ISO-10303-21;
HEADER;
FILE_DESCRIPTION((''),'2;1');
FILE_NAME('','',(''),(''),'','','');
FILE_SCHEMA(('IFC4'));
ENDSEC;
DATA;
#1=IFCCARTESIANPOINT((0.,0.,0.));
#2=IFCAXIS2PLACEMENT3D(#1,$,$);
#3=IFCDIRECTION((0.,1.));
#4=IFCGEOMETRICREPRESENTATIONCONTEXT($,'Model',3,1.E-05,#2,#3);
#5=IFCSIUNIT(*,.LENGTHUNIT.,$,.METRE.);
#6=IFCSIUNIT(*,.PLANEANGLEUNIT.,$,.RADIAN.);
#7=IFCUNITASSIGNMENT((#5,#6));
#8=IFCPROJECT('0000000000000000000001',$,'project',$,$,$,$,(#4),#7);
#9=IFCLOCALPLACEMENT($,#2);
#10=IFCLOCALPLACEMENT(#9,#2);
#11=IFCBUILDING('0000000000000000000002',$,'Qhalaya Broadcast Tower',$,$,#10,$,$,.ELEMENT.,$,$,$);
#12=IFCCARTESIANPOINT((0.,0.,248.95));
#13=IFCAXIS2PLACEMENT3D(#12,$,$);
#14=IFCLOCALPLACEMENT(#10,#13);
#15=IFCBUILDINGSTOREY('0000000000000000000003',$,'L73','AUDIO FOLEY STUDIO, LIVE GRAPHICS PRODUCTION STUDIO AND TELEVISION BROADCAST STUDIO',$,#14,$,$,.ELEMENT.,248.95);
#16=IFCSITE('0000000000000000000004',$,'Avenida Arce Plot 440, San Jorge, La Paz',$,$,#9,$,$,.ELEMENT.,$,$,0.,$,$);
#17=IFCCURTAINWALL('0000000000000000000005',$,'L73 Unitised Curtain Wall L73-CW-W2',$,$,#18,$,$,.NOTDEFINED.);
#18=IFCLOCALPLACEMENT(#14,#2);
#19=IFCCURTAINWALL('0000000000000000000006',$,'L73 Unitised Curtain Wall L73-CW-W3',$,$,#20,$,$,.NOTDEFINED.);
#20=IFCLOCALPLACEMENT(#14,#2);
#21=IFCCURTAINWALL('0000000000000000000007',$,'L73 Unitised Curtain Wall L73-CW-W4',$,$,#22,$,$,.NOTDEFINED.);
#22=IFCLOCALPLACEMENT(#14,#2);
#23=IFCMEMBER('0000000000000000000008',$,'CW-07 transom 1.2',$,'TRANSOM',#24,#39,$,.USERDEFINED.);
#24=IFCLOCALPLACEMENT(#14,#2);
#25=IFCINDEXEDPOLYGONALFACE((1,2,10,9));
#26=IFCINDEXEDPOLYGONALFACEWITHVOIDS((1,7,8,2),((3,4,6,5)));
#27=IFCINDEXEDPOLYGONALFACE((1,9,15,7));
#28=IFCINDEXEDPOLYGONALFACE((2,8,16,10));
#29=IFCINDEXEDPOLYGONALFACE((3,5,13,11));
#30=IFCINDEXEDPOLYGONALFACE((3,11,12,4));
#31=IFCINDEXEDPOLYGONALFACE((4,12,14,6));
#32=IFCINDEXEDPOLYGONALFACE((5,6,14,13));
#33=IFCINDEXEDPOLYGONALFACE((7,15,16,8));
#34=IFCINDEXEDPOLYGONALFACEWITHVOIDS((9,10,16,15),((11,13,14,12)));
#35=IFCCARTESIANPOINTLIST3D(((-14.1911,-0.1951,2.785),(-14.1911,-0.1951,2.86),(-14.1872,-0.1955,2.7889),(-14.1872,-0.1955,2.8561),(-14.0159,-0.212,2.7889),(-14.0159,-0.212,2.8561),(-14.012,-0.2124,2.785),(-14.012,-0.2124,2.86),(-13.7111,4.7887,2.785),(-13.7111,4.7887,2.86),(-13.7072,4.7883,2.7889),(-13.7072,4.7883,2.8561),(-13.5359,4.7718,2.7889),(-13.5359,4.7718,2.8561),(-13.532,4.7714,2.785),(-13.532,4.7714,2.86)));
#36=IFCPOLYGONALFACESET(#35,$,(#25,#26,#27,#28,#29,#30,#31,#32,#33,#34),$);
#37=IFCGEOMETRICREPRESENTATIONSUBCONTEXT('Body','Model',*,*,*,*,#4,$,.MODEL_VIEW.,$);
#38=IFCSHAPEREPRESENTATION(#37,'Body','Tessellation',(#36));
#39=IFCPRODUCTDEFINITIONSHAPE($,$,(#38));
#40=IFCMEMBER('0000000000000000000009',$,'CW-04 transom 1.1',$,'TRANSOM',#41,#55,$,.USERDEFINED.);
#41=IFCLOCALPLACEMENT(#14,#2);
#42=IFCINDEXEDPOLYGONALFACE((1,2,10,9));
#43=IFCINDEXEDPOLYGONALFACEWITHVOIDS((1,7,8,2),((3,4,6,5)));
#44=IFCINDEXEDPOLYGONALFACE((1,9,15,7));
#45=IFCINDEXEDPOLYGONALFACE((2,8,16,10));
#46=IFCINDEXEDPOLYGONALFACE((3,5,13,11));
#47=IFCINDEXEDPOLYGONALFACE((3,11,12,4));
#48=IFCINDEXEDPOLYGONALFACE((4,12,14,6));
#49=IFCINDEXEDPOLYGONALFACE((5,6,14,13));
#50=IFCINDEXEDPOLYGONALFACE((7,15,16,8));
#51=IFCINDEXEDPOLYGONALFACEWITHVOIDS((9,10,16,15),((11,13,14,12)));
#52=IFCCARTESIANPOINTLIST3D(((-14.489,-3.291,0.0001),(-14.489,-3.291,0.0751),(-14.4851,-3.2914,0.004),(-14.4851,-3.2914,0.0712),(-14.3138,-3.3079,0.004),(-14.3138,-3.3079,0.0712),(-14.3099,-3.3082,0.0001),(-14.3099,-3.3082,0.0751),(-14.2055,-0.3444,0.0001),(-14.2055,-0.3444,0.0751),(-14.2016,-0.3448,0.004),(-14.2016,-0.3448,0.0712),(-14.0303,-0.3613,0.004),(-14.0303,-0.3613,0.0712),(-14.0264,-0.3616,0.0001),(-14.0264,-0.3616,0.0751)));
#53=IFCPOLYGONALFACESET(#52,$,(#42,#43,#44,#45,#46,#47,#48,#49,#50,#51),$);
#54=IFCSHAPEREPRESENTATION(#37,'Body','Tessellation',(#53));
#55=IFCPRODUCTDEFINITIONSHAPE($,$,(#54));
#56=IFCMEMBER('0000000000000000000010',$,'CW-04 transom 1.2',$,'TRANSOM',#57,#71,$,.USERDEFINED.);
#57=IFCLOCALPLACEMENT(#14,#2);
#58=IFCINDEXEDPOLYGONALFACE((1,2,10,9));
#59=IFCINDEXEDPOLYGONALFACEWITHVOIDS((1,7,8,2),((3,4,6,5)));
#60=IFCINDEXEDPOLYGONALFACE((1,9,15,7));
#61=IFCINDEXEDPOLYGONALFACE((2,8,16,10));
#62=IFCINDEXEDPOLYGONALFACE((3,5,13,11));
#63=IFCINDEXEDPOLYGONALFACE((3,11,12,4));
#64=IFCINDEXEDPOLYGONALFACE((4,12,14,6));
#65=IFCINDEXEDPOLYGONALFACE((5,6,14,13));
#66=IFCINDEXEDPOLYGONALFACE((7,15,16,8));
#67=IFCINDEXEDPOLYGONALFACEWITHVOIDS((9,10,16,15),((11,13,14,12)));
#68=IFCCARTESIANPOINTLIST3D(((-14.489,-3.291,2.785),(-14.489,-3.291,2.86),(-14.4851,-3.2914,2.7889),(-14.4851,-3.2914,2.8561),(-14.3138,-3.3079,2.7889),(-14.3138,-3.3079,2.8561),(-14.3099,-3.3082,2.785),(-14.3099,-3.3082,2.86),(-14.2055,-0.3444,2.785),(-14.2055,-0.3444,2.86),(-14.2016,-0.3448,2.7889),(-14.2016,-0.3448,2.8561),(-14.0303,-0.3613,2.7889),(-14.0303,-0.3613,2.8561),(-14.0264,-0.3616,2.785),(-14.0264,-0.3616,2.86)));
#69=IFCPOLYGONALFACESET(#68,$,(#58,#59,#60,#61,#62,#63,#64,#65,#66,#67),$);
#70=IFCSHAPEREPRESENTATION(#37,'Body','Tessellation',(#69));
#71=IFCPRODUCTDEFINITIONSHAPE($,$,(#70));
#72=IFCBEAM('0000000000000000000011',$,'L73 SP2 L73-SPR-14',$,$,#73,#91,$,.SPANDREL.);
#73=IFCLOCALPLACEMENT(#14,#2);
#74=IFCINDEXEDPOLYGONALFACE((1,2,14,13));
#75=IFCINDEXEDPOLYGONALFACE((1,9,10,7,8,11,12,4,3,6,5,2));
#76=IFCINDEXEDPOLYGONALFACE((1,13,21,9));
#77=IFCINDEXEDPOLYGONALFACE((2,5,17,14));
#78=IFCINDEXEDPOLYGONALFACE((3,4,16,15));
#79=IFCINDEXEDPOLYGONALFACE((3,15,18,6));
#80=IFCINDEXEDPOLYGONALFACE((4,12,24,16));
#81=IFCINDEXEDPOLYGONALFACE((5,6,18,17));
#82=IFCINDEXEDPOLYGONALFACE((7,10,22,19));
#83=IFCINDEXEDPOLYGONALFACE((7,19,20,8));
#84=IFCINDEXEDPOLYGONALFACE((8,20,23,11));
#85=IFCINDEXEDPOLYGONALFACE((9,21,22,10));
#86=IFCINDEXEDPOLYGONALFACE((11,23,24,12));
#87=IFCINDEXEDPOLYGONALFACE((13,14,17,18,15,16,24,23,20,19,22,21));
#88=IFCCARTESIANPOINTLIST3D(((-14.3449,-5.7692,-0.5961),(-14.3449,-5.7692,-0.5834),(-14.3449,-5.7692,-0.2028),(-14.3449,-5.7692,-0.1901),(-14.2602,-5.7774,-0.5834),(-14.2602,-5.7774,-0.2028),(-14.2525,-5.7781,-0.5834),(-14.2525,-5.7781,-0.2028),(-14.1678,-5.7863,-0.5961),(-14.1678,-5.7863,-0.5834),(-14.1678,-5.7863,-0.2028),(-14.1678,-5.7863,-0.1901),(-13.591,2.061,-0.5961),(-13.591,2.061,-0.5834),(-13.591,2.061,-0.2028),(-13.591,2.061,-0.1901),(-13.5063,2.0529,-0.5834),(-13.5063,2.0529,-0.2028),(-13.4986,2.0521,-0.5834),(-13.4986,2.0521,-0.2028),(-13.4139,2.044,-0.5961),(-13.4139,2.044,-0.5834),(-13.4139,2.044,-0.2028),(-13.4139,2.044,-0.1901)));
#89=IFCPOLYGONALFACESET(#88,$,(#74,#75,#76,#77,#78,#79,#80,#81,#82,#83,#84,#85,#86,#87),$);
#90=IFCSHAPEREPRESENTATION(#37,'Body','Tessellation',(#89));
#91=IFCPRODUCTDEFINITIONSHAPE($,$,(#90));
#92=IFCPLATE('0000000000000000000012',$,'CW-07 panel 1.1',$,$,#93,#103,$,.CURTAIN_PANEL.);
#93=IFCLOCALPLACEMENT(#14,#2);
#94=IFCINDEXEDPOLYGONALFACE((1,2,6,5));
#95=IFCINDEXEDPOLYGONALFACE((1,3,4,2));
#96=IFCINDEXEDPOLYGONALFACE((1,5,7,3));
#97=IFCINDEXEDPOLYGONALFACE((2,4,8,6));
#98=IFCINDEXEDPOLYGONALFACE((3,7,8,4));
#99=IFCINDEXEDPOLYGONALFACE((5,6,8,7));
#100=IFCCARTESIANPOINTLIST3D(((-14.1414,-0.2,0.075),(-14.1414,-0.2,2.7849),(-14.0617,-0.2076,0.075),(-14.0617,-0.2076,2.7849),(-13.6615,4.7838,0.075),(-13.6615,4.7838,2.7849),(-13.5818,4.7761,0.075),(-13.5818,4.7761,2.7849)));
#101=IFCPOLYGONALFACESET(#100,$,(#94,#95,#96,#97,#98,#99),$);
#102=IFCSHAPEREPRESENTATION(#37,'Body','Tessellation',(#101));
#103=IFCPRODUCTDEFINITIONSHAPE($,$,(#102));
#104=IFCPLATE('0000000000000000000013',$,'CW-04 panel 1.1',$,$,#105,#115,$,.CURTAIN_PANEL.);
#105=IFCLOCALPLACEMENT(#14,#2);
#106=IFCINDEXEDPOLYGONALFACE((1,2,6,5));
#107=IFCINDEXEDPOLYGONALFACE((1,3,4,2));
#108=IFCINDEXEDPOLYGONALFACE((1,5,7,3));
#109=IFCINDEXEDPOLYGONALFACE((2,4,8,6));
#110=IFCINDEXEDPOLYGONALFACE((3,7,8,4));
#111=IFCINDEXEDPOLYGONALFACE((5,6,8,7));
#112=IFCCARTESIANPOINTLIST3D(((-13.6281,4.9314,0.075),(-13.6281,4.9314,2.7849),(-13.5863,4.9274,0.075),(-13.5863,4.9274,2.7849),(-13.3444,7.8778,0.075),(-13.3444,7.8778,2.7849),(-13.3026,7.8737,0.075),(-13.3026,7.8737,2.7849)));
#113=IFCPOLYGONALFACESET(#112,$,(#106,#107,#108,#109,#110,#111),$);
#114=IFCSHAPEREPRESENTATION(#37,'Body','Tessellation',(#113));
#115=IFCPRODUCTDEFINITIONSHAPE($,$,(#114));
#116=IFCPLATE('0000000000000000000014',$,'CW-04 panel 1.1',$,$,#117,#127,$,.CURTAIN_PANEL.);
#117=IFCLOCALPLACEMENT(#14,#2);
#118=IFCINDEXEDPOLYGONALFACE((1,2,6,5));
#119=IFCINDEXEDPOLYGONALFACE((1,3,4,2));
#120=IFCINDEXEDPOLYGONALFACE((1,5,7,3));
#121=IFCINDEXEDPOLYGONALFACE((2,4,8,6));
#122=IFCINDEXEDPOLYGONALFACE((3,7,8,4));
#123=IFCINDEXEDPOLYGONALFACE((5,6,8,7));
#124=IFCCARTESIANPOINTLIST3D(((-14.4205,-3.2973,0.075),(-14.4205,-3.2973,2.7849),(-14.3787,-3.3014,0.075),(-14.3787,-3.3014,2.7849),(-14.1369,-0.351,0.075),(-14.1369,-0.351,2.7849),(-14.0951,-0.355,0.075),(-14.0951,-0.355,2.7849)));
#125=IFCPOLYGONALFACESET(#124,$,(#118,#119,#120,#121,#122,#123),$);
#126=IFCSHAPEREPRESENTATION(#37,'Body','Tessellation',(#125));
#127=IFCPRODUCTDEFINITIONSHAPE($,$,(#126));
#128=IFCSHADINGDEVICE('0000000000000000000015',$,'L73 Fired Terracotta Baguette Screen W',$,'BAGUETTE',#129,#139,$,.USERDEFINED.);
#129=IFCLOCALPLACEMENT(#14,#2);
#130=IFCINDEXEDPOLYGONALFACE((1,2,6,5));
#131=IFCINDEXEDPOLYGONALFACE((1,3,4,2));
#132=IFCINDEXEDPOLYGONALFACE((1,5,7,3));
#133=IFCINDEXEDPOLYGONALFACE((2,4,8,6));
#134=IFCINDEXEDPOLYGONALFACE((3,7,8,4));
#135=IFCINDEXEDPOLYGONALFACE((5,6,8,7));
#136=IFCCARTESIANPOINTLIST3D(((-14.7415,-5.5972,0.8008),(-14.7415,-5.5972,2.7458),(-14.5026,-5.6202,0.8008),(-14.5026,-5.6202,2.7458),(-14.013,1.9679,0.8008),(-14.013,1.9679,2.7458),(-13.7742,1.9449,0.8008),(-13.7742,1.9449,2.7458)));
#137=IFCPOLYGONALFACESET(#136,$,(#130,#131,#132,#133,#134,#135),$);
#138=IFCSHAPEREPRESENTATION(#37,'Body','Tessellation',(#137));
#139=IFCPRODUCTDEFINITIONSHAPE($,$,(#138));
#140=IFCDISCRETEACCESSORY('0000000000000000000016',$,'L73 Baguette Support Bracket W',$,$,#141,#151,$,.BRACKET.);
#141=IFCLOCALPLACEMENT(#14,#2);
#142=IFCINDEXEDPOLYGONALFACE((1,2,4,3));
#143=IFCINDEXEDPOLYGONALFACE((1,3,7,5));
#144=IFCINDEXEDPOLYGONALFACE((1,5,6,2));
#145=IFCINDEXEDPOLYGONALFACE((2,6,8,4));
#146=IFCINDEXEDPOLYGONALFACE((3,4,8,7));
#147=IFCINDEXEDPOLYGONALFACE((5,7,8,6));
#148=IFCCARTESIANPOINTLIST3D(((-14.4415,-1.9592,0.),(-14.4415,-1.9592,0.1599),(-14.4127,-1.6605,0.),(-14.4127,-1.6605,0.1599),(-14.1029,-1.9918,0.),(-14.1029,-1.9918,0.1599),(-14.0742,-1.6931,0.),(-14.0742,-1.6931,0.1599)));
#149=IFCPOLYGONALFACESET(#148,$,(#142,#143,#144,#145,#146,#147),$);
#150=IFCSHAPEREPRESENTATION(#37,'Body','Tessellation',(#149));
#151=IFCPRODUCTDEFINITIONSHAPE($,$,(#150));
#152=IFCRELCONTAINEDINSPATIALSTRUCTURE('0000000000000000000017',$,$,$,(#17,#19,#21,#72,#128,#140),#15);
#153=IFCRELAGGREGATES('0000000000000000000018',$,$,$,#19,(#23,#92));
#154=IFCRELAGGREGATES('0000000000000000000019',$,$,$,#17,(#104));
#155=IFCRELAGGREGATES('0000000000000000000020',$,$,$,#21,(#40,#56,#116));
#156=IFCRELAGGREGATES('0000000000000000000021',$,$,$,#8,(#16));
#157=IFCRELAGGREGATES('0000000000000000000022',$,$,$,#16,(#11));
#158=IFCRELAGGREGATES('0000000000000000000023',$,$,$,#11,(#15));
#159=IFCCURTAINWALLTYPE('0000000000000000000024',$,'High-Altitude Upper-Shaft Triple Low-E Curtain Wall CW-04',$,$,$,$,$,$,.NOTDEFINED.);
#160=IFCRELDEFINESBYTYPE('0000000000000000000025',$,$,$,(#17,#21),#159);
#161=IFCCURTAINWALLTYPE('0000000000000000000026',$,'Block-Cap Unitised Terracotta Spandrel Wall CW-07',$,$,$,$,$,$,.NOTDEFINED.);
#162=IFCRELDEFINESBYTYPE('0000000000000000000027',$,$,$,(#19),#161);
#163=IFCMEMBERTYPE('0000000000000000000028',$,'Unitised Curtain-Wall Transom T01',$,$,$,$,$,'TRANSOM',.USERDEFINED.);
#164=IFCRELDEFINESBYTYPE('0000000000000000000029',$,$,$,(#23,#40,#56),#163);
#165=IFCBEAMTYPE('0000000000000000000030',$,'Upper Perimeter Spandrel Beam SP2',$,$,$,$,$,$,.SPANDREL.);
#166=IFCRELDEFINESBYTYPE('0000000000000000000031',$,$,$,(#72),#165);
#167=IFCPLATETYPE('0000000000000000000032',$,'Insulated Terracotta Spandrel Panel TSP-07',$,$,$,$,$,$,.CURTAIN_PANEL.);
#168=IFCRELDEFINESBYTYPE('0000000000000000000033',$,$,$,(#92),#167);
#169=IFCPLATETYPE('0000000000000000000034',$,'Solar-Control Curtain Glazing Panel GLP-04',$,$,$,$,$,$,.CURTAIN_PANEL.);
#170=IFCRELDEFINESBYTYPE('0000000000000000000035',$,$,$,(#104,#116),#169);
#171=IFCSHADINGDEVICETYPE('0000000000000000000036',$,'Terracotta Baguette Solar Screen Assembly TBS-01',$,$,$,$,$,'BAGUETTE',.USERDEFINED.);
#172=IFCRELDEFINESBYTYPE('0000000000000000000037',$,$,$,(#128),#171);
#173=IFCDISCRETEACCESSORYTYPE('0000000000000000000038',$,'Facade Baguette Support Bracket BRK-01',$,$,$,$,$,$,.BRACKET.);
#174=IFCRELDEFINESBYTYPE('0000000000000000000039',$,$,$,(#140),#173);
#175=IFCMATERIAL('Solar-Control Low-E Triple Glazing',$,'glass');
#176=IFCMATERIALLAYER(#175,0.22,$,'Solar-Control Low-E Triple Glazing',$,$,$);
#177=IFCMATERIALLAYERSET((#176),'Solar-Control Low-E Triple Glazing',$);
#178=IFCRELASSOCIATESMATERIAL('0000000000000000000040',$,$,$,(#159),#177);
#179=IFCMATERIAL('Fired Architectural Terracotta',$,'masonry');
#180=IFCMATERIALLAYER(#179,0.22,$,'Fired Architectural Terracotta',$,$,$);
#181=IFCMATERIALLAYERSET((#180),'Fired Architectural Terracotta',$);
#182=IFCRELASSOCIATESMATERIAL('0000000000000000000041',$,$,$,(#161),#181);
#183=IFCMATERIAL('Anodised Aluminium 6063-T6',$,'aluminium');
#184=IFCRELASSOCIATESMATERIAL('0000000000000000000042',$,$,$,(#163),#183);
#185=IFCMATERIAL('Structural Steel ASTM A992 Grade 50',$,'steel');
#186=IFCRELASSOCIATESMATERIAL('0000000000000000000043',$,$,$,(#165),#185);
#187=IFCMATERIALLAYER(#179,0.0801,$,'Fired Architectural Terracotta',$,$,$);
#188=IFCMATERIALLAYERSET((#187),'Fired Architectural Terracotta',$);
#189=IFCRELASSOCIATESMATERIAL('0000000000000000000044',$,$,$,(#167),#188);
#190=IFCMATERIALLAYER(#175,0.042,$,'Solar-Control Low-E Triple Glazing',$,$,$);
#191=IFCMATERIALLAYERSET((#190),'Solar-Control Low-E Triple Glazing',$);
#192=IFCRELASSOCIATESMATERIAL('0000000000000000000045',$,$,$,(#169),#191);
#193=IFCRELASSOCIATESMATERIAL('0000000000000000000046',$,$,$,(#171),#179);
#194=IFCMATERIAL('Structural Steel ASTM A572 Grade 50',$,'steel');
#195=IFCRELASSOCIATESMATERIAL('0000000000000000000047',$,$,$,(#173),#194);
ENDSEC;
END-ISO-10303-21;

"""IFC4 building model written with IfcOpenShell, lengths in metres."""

from ifc_helpers import new_model, si_unit, direction, frame, origin, origin_2d, place, context, subcontext, project, spatial, rectangle, hollow_rectangle, i_section, extrude, material, layer, layer_set, material_profile, profile_set, type_object, element, aggregate, save


model = new_model("IFC4")

# Units and contexts
model_context = context("Model", 3, precision=1e-05, world=origin(), true_north=direction((0.0, 1.0)))
body_context = subcontext(model_context, "Body", "Model", "MODEL_VIEW")
ifc_project = project(units=[si_unit("LENGTHUNIT", "METRE"), si_unit("PLANEANGLEUNIT", "RADIAN")], contexts=[model_context])

# Site, building, storey
site_placement = place(None, origin())
site = spatial("IfcSite", under=ifc_project, at=site_placement, Name="Avenida Arce Plot 440, San Jorge, La Paz", CompositionType="ELEMENT", RefElevation=0.0)
building_placement = place(site_placement, origin())
building = spatial("IfcBuilding", under=site, at=building_placement, Name="Qhalaya Broadcast Tower", CompositionType="ELEMENT")
storey_placement = place(building_placement, frame((0.0, 0.0, 248.95)))
storey = spatial("IfcBuildingStorey", under=building, at=storey_placement, Name="L73", Description="AUDIO FOLEY STUDIO, LIVE GRAPHICS PRODUCTION STUDIO AND TELEVISION BROADCAST STUDIO", CompositionType="ELEMENT", Elevation=248.95)

# Shared definitions
ifc_material_1 = material(Name="Structural Steel ASTM A572 Grade 50", Category="steel")

# Shared definitions
ifc_material_2 = material(Name="Structural Steel ASTM A992 Grade 50", Category="steel")

# Curtain walls
ifc_material_3 = material(Name="Solar-Control Low-E Triple Glazing", Category="glass")
ifc_layer_1 = layer(ifc_material_3, 0.22, Name="Solar-Control Low-E Triple Glazing")
ifc_layer_set_1 = layer_set([ifc_layer_1], Name="Solar-Control Low-E Triple Glazing")
curtain_wall_type_1 = type_object("IfcCurtainWallType", Name="High-Altitude Upper-Shaft Triple Low-E Curtain Wall CW-04", PredefinedType="NOTDEFINED", material=ifc_layer_set_1)
curtain_wall_1_placement = place(storey_placement, origin())
curtain_wall_1 = element("IfcCurtainWall", 1, at=curtain_wall_1_placement, inside=storey, type_object=curtain_wall_type_1, Name="L73 Unitised Curtain Wall L73-CW-W2", PredefinedType="NOTDEFINED")
ifc_material_4 = material(Name="Anodised Aluminium 6063-T6", Category="aluminium")
ifc_material_5 = material(Name="Fired Architectural Terracotta", Category="masonry")
ifc_layer_2 = layer(ifc_material_5, 0.22, Name="Fired Architectural Terracotta")
ifc_layer_set_2 = layer_set([ifc_layer_2], Name="Fired Architectural Terracotta")
curtain_wall_type_2 = type_object("IfcCurtainWallType", Name="Block-Cap Unitised Terracotta Spandrel Wall CW-07", PredefinedType="NOTDEFINED", material=ifc_layer_set_2)
curtain_wall_2_placement = place(storey_placement, origin())
curtain_wall_2 = element("IfcCurtainWall", 2, at=curtain_wall_2_placement, inside=storey, type_object=curtain_wall_type_2, Name="L73 Unitised Curtain Wall L73-CW-W3", PredefinedType="NOTDEFINED")

# Curtain wall
curtain_wall_3_placement = place(storey_placement, origin())
curtain_wall_3 = element("IfcCurtainWall", 3, at=curtain_wall_3_placement, inside=storey, type_object=curtain_wall_type_1, Name="L73 Unitised Curtain Wall L73-CW-W4", PredefinedType="NOTDEFINED")

# Members
ifc_material_profile_1 = material_profile(ifc_material_4, hollow_rectangle(XDim=0.075, YDim=0.1799, WallThickness=0.0039, at=origin_2d()), Name="ALU-TRN 75x180x4")
ifc_profile_set_1 = profile_set([ifc_material_profile_1], Name="Anodised Aluminium 6063-T6")
member_type_1 = type_object("IfcMemberType", Name="Unitised Curtain-Wall Transom T01", ElementType="TRANSOM", PredefinedType="USERDEFINED", material=ifc_profile_set_1)
member_1_placement = place(storey_placement, frame((-13.6216, 4.78, 2.8225), z_axis=(-0.095863, -0.995395, 0.0), x_axis=(0.0, 0.0, 1.0)))
member_1 = element("IfcMember", 4, at=member_1_placement, type_object=member_type_1, Name="CW-07 transom 1.2", ObjectType="TRANSOM", PredefinedType="USERDEFINED", context=body_context, shape_type="SweptSolid", body=[
    extrude(hollow_rectangle(XDim=0.075, YDim=0.1799, WallThickness=0.0039, at=origin_2d()), origin(), (0.0, 0.0, 1.0), 5.0068),
])
member_2_placement = place(storey_placement, frame((-14.116, -0.353, 0.0376), z_axis=(-0.095755, -0.995405, 0.0), x_axis=(0.0, 0.0, 1.0)))
member_2 = element("IfcMember", 5, at=member_2_placement, type_object=member_type_1, Name="CW-04 transom 1.1", ObjectType="TRANSOM", PredefinedType="USERDEFINED", context=body_context, shape_type="SweptSolid", body=[
    extrude(hollow_rectangle(XDim=0.075, YDim=0.1799, WallThickness=0.0039, at=origin_2d()), origin(), (0.0, 0.0, 1.0), 2.9602),
])
member_3_placement = place(storey_placement, frame((-14.116, -0.353, 2.8225), z_axis=(-0.095755, -0.995405, 0.0), x_axis=(0.0, 0.0, 1.0)))
member_3 = element("IfcMember", 6, at=member_3_placement, type_object=member_type_1, Name="CW-04 transom 1.2", ObjectType="TRANSOM", PredefinedType="USERDEFINED", context=body_context, shape_type="SweptSolid", body=[
    extrude(hollow_rectangle(XDim=0.075, YDim=0.1799, WallThickness=0.0039, at=origin_2d()), origin(), (0.0, 0.0, 1.0), 2.9602),
])

# Beam
ifc_material_profile_2 = material_profile(ifc_material_2, i_section(OverallWidth=0.178, OverallDepth=0.406, WebThickness=0.0078, FlangeThickness=0.0127, at=origin_2d()), Name="W16X40")
ifc_profile_set_2 = profile_set([ifc_material_profile_2], Name="Structural Steel ASTM A992 Grade 50")
beam_type_1 = type_object("IfcBeamType", Name="Upper Perimeter Spandrel Beam SP2", PredefinedType="SPANDREL", material=ifc_profile_set_2)
beam_1_placement = place(storey_placement, frame((-13.5024, 2.0525, -0.3931), z_axis=(-0.095837, -0.995397, 0.0), x_axis=(0.995397, -0.095837, 0.0)))
element("IfcBeam", 7, at=beam_1_placement, inside=storey, type_object=beam_type_1, Name="L73 SP2 L73-SPR-14", PredefinedType="SPANDREL", context=body_context, shape_type="SweptSolid", body=[
    extrude(i_section(OverallWidth=0.178, OverallDepth=0.406, WebThickness=0.0078, FlangeThickness=0.0127, at=origin_2d()), origin(), (0.0, 0.0, 1.0), 7.8665),
])

# Plates
ifc_layer_3 = layer(ifc_material_5, 0.0801, Name="Fired Architectural Terracotta")
ifc_layer_set_3 = layer_set([ifc_layer_3], Name="Fired Architectural Terracotta")
plate_type_1 = type_object("IfcPlateType", Name="Insulated Terracotta Spandrel Panel TSP-07", PredefinedType="CURTAIN_PANEL", material=ifc_layer_set_3)
plate_1_placement = place(storey_placement, frame((-13.8616, 2.2881, 0.075), z_axis=(0.0, 0.0, 1.0), x_axis=(-0.095851, -0.995396, 0.0)))
plate_1 = element("IfcPlate", 8, at=plate_1_placement, type_object=plate_type_1, Name="CW-07 panel 1.1", PredefinedType="CURTAIN_PANEL", context=body_context, shape_type="SweptSolid", body=[
    extrude(rectangle(XDim=5.0068, YDim=0.0801, at=origin_2d()), origin(), (0.0, 0.0, 1.0), 2.71),
])
aggregate(curtain_wall_2, [member_1, plate_1])
ifc_layer_4 = layer(ifc_material_3, 0.042, Name="Solar-Control Low-E Triple Glazing")
ifc_layer_set_4 = layer_set([ifc_layer_4], Name="Solar-Control Low-E Triple Glazing")
plate_type_2 = type_object("IfcPlateType", Name="Solar-Control Curtain Glazing Panel GLP-04", PredefinedType="CURTAIN_PANEL", material=ifc_layer_set_4)
plate_2_placement = place(storey_placement, frame((-13.4653, 6.4026, 0.075), z_axis=(0.0, 0.0, 1.0), x_axis=(-0.095851, -0.995396, 0.0)))
plate_2 = element("IfcPlate", 9, at=plate_2_placement, type_object=plate_type_2, Name="CW-04 panel 1.1", PredefinedType="CURTAIN_PANEL", context=body_context, shape_type="SweptSolid", body=[
    extrude(rectangle(XDim=2.96, YDim=0.042, at=origin_2d()), origin(), (0.0, 0.0, 1.0), 2.71),
])
aggregate(curtain_wall_1, [plate_2])
plate_3_placement = place(storey_placement, frame((-14.2578, -1.8262, 0.075), z_axis=(0.0, 0.0, 1.0), x_axis=(-0.09582, -0.995399, 0.0)))
plate_3 = element("IfcPlate", 10, at=plate_3_placement, type_object=plate_type_2, Name="CW-04 panel 1.1", PredefinedType="CURTAIN_PANEL", context=body_context, shape_type="SweptSolid", body=[
    extrude(rectangle(XDim=2.96, YDim=0.042, at=origin_2d()), origin(), (0.0, 0.0, 1.0), 2.71),
])
aggregate(curtain_wall_3, [member_2, member_3, plate_3])

# Shading device
shading_device_type = type_object("IfcShadingDeviceType", Name="Terracotta Baguette Solar Screen Assembly TBS-01", ElementType="BAGUETTE", PredefinedType="USERDEFINED", material=ifc_material_5)
shading_device_placement = place(storey_placement, frame((-14.2578, -1.8262, 0.8008), z_axis=(0.0, 0.0, 1.0), x_axis=(-0.095846, -0.995396, 0.0)))
element("IfcShadingDevice", 11, at=shading_device_placement, inside=storey, type_object=shading_device_type, Name="L73 Fired Terracotta Baguette Screen W", ObjectType="BAGUETTE", PredefinedType="USERDEFINED", context=body_context, shape_type="SweptSolid", body=[
    extrude(rectangle(XDim=7.6001, YDim=0.24, at=origin_2d()), origin(), (0.0, 0.0, 1.0), 1.9451),
])

# Discrete accessory
discrete_accessory_type = type_object("IfcDiscreteAccessoryType", Name="Facade Baguette Support Bracket BRK-01", PredefinedType="BRACKET", material=ifc_material_1)
discrete_accessory_placement = place(storey_placement, frame((-14.2578, -1.8262, 0.0), z_axis=(0.0, 0.0, 1.0), x_axis=(-0.095846, -0.995396, 0.0)))
element("IfcDiscreteAccessory", 12, at=discrete_accessory_placement, inside=storey, type_object=discrete_accessory_type, Name="L73 Baguette Support Bracket W", PredefinedType="BRACKET", context=body_context, shape_type="SweptSolid", body=[
    extrude(rectangle(XDim=0.3, YDim=0.3401, at=origin_2d()), origin(), (0.0, 0.0, 1.0), 0.1599),
])

save(model, "model.ifc")
